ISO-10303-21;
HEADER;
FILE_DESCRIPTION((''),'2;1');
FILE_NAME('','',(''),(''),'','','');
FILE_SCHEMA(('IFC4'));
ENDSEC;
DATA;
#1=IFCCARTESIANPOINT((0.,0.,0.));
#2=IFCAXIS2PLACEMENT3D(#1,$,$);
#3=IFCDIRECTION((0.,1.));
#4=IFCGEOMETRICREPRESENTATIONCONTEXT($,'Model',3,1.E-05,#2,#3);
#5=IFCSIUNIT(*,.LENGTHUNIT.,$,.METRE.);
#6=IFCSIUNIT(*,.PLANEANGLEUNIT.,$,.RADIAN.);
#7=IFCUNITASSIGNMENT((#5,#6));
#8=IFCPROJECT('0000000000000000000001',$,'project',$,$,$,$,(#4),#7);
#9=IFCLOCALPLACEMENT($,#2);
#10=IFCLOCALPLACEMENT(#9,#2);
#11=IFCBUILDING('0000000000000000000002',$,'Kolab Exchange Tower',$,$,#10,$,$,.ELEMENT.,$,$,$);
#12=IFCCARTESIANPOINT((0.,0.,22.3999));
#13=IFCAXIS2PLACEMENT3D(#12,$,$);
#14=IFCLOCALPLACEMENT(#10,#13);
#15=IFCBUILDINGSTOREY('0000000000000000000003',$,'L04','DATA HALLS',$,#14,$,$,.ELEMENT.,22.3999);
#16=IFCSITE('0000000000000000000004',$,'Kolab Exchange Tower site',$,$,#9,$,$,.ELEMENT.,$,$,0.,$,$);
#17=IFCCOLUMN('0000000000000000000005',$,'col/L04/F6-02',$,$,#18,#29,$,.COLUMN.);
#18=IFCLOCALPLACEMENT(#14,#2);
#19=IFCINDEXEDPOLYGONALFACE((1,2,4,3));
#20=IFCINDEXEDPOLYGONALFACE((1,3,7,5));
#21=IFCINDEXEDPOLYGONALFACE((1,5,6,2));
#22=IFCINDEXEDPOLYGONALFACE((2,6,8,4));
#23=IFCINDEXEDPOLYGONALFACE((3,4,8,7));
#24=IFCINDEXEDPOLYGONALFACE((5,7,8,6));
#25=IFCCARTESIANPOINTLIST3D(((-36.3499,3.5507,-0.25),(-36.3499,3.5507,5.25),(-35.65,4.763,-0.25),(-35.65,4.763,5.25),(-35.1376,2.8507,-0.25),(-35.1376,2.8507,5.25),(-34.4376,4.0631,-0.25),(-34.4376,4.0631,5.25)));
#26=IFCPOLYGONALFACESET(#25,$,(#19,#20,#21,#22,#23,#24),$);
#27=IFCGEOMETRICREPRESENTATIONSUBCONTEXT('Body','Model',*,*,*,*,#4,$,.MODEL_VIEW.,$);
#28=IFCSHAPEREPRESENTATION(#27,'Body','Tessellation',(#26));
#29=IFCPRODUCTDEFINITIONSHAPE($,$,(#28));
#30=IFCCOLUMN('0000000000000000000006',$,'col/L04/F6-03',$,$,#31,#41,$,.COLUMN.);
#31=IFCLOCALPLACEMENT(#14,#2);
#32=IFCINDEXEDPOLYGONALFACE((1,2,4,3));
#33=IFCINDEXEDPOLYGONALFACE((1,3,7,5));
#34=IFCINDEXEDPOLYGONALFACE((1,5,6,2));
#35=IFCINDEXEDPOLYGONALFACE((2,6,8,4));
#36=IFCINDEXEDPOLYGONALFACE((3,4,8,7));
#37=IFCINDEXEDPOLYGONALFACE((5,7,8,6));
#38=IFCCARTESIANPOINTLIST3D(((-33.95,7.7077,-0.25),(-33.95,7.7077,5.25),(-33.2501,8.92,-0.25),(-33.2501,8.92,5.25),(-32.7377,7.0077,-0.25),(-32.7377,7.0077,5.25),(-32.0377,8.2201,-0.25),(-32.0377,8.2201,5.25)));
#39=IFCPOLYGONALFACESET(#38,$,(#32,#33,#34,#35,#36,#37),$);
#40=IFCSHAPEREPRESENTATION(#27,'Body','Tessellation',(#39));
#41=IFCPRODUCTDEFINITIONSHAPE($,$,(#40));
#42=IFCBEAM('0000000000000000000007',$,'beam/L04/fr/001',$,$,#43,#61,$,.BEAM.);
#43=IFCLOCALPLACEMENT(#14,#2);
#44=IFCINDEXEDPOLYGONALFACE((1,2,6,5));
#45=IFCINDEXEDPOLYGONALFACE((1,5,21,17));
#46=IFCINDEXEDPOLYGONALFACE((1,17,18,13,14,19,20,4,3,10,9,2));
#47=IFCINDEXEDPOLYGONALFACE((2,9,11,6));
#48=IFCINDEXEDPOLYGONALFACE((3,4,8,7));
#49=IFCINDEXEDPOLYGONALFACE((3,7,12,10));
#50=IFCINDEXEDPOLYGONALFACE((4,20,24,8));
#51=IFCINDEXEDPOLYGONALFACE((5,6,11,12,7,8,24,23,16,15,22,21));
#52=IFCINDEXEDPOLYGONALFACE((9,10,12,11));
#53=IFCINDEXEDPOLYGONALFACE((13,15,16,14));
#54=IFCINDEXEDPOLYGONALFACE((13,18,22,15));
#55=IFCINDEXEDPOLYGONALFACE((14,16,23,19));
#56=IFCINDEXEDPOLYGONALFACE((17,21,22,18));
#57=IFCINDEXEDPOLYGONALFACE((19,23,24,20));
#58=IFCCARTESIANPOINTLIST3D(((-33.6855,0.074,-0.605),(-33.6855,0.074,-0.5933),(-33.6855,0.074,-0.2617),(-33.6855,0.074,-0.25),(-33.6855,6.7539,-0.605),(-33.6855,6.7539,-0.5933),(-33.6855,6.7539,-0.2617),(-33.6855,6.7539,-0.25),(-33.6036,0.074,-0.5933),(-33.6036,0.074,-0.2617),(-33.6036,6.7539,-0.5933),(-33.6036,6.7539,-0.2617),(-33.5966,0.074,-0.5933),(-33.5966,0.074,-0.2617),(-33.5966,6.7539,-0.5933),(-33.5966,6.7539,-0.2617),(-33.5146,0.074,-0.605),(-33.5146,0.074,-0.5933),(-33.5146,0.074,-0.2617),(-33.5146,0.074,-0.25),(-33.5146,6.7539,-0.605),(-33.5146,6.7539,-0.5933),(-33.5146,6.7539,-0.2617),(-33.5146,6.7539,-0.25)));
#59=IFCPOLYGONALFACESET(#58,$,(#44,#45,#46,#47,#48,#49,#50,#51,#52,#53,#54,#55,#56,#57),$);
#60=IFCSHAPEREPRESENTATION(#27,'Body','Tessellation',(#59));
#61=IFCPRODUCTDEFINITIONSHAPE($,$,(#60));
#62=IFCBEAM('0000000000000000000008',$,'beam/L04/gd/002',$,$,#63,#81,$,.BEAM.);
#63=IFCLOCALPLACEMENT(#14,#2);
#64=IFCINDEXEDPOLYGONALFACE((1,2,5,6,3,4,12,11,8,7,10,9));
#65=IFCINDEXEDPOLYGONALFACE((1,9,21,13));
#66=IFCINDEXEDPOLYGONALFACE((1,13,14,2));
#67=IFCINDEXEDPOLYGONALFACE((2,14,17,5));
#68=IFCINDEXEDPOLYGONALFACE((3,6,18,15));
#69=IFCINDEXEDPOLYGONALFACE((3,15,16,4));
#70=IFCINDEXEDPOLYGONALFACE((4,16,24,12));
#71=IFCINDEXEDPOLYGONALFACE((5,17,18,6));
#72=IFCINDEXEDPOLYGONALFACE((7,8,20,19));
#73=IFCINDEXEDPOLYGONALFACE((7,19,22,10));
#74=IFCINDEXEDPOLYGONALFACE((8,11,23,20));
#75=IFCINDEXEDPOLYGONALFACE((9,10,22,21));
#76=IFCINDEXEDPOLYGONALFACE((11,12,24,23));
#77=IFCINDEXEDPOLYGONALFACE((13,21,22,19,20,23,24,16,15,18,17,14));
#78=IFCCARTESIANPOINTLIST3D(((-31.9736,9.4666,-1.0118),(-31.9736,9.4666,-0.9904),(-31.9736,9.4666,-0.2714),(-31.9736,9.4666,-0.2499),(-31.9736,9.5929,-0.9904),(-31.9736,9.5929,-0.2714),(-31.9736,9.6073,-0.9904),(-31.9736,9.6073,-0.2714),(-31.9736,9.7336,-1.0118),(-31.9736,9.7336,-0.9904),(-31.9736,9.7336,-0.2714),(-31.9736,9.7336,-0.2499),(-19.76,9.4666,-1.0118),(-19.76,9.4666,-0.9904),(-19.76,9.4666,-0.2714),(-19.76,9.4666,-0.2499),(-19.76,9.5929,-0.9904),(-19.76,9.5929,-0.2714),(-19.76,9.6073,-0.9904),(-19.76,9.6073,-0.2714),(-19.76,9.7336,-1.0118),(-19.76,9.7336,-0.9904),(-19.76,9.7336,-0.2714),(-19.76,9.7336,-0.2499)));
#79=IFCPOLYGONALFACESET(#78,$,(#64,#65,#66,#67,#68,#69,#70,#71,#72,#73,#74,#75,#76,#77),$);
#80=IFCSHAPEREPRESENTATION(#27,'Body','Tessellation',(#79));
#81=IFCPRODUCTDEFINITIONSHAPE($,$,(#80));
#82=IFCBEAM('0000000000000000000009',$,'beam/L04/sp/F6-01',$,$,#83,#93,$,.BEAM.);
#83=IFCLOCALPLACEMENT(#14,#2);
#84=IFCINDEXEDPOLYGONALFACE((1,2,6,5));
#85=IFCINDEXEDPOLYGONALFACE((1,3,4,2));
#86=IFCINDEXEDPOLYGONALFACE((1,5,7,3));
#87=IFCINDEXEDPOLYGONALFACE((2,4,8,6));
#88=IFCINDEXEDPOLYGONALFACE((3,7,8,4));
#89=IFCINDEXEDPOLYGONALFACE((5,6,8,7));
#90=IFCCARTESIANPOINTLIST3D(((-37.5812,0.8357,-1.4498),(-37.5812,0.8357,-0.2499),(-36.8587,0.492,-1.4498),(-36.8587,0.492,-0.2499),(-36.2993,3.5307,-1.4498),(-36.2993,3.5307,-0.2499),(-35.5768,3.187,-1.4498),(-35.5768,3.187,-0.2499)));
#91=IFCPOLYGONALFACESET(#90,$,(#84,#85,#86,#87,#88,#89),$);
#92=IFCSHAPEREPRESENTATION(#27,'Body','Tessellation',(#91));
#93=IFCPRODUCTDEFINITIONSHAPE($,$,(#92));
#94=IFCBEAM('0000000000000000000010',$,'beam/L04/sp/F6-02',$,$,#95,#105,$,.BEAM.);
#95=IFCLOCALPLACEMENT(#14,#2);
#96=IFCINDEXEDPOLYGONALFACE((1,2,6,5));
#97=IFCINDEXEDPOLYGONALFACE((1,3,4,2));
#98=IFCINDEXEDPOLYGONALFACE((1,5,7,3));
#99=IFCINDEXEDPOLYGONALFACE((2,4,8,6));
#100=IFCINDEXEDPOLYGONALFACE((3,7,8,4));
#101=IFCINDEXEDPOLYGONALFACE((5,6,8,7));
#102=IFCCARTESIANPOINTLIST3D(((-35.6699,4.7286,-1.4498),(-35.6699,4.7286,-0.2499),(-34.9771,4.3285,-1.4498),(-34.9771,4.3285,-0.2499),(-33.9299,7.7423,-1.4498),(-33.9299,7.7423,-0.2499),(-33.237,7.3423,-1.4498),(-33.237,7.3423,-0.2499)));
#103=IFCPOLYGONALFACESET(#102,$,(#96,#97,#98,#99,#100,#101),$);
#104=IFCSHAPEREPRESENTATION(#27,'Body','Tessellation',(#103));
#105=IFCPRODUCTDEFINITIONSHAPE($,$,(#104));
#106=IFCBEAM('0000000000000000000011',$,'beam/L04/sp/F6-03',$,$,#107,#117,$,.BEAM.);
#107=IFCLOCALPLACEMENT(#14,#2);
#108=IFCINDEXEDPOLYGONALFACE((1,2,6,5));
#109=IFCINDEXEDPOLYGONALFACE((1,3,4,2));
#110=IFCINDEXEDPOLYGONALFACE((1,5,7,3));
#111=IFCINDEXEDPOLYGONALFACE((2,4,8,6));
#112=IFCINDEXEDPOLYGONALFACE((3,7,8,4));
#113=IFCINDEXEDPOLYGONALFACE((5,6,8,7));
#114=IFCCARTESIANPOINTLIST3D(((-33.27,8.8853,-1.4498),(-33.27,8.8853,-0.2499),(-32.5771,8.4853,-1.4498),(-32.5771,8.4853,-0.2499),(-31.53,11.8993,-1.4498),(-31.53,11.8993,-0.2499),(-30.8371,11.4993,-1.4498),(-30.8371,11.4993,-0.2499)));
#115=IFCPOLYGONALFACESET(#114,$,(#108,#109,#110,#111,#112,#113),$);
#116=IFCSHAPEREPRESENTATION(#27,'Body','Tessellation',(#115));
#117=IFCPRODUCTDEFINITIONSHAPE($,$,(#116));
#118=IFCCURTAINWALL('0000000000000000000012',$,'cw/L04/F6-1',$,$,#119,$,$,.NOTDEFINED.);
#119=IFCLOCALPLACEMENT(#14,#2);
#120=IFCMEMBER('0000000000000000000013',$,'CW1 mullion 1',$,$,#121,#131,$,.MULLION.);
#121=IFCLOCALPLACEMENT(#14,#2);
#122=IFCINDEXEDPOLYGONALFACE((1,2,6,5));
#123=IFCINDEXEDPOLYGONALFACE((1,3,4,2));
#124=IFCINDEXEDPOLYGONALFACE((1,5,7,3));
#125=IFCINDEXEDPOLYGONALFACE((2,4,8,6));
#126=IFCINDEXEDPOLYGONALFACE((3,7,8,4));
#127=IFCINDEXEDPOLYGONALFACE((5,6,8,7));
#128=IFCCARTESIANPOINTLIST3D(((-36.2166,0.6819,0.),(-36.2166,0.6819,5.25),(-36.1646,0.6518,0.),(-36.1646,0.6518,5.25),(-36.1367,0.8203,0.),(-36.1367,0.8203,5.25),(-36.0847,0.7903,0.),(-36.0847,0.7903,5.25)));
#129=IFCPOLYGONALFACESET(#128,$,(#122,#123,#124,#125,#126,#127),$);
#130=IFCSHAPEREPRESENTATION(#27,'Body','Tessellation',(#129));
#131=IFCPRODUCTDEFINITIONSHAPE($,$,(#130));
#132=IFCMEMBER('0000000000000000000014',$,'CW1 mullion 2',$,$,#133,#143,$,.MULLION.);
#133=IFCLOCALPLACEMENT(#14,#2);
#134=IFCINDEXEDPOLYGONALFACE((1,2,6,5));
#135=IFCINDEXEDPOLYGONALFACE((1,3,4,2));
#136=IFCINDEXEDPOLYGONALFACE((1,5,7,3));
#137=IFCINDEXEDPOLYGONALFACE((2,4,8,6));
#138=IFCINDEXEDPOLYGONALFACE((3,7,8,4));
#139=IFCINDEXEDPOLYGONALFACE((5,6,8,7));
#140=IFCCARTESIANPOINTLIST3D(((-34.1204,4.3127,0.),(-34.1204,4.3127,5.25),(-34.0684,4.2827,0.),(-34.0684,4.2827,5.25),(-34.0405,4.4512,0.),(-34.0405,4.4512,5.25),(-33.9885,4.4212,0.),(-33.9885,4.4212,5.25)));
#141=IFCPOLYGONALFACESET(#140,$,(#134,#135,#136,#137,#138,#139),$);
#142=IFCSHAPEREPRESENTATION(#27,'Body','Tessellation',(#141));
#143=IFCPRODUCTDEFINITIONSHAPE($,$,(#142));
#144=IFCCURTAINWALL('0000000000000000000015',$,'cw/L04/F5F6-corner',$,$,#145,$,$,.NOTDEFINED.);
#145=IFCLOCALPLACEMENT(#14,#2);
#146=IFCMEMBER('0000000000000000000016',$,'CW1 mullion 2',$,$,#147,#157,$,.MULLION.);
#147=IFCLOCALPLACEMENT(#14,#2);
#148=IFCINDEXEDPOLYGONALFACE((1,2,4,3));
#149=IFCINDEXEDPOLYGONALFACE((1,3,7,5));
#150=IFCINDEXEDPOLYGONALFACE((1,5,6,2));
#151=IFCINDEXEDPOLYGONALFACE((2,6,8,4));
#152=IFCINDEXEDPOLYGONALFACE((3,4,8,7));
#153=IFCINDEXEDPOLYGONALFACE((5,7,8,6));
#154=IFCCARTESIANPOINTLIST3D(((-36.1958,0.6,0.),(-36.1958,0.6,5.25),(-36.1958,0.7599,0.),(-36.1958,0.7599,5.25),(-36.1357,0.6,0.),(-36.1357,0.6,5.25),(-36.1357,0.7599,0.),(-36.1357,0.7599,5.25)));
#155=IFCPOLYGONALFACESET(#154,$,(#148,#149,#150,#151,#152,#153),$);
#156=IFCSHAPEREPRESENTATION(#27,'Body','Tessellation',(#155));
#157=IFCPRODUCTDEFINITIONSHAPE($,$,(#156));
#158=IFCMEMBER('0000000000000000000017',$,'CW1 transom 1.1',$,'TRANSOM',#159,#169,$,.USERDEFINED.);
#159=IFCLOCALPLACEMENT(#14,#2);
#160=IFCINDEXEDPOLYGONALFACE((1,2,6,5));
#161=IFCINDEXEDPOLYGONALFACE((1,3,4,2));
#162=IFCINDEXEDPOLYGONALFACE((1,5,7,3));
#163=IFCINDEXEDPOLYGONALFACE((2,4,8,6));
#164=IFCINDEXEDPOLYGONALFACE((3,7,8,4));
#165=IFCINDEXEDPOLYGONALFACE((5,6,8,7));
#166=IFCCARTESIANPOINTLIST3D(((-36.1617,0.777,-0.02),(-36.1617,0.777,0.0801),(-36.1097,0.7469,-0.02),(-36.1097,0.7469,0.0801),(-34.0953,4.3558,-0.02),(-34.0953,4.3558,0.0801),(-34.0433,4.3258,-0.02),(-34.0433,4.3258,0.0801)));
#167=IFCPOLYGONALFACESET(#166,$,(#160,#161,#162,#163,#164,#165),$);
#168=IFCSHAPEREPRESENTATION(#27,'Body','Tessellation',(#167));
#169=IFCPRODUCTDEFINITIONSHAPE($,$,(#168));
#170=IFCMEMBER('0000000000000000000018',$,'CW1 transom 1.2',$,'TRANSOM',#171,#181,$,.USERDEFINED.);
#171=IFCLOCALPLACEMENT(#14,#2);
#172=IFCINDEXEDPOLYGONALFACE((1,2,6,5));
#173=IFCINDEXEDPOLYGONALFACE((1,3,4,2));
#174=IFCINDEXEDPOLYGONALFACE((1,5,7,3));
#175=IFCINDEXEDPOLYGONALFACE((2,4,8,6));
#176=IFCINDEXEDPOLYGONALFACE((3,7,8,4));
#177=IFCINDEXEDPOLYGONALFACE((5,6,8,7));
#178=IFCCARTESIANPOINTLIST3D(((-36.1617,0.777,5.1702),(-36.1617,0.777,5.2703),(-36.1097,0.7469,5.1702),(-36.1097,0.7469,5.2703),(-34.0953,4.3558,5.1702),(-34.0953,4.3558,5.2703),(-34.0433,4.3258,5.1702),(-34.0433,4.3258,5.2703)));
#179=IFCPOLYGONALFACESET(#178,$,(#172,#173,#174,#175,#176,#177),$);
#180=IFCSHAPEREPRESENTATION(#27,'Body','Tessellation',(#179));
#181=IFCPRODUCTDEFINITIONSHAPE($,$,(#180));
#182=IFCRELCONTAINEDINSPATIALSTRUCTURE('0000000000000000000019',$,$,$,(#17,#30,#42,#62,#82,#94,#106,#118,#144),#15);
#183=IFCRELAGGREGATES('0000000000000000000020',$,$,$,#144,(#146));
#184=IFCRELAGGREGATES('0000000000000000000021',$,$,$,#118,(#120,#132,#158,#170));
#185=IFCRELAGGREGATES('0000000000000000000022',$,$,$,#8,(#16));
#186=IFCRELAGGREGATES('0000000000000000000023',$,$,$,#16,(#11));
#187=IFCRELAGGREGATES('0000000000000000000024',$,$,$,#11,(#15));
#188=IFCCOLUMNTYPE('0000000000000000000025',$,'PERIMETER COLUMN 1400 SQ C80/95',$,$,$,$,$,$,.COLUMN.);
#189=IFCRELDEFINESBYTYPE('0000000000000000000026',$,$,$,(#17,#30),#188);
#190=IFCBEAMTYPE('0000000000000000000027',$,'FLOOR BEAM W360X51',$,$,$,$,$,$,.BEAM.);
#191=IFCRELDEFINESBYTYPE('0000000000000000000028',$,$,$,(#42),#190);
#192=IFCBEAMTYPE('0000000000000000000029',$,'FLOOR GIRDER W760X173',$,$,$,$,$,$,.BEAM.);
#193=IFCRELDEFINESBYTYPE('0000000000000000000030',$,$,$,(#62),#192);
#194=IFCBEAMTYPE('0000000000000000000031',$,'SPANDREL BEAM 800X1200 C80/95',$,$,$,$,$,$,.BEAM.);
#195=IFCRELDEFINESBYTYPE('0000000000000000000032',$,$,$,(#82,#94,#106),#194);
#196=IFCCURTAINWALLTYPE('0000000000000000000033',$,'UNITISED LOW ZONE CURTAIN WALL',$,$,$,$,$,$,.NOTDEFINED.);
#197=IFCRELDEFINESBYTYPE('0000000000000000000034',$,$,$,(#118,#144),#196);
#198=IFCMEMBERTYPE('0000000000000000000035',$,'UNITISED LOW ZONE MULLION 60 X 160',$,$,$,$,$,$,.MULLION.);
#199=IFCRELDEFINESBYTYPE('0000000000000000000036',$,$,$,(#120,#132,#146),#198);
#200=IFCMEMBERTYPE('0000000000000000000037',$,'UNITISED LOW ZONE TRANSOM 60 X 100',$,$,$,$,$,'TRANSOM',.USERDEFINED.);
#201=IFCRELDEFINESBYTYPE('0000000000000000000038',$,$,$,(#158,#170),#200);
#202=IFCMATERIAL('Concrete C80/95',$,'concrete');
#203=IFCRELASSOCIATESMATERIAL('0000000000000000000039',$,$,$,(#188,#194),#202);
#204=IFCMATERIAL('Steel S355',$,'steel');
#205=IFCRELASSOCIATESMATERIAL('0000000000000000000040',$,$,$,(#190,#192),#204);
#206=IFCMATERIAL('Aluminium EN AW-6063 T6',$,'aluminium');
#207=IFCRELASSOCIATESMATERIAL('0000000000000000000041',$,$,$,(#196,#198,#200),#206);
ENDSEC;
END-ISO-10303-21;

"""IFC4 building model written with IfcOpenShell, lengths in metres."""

from ifc_helpers import new_model, si_unit, direction, frame, origin, origin_2d, place, context, subcontext, project, spatial, rectangle, i_section, extrude, material, material_profile, profile_set, type_object, element, aggregate, save


model = new_model("IFC4")

# Units and contexts
model_context = context("Model", 3, precision=1e-05, world=origin(), true_north=direction((0.0, 1.0)))
body_context = subcontext(model_context, "Body", "Model", "MODEL_VIEW")
ifc_project = project(units=[si_unit("LENGTHUNIT", "METRE"), si_unit("PLANEANGLEUNIT", "RADIAN")], contexts=[model_context])

# Site, building, storey
site_placement = place(None, origin())
site = spatial("IfcSite", under=ifc_project, at=site_placement, Name="Kolab Exchange Tower site", CompositionType="ELEMENT", RefElevation=0.0)
building_placement = place(site_placement, origin())
building = spatial("IfcBuilding", under=site, at=building_placement, Name="Kolab Exchange Tower", CompositionType="ELEMENT")
storey_placement = place(building_placement, frame((0.0, 0.0, 22.3999)))
storey = spatial("IfcBuildingStorey", under=building, at=storey_placement, Name="L04", Description="DATA HALLS", CompositionType="ELEMENT", Elevation=22.3999)

# Columns
ifc_material_1 = material(Name="Concrete C80/95", Category="concrete")
ifc_material_profile_1 = material_profile(ifc_material_1, rectangle(XDim=1.3999, YDim=1.3999, at=origin_2d()), Name="RC1400")
ifc_profile_set_1 = profile_set([ifc_material_profile_1], Name="Concrete C80/95")
column_type = type_object("IfcColumnType", Name="PERIMETER COLUMN 1400 SQ C80/95", PredefinedType="COLUMN", material=ifc_profile_set_1)
for number, where, z_axis, x_axis, name in (
    (1, (-35.3938, 3.8069, -0.25), (0.0, 0.0, 1.0), (0.5, 0.866025, 0.0), "col/L04/F6-02"),
    (2, (-32.9939, 7.9639, -0.25), (0.0, 0.0, 1.0), (0.5, 0.866025, 0.0), "col/L04/F6-03"),
):
    element("IfcColumn", number, at=place(storey_placement, frame(where, z_axis=z_axis, x_axis=x_axis)), inside=storey, type_object=column_type, Name=name, PredefinedType="COLUMN", context=body_context, shape_type="SweptSolid", body=[
        extrude(rectangle(XDim=1.3999, YDim=1.3999, at=origin_2d()), origin(), (0.0, 0.0, 1.0), 5.5),
    ])

# Beams
ifc_material_2 = material(Name="Steel S355", Category="steel")
ifc_material_profile_2 = material_profile(ifc_material_2, i_section(OverallWidth=0.1709, OverallDepth=0.355, WebThickness=0.0071, FlangeThickness=0.0117, at=origin_2d()), Name="W360X51")
ifc_profile_set_2 = profile_set([ifc_material_profile_2], Name="Steel S355")
beam_type_1 = type_object("IfcBeamType", Name="FLOOR BEAM W360X51", PredefinedType="BEAM", material=ifc_profile_set_2)
beam_1_placement = place(storey_placement, frame((-33.6001, 0.074, -0.4275), z_axis=(0.0, 1.0, 0.0), x_axis=(-1.0, 0.0, 0.0)))
element("IfcBeam", 3, at=beam_1_placement, inside=storey, type_object=beam_type_1, Name="beam/L04/fr/001", PredefinedType="BEAM", context=body_context, shape_type="SweptSolid", body=[
    extrude(i_section(OverallWidth=0.1709, OverallDepth=0.355, WebThickness=0.0071, FlangeThickness=0.0117, at=origin_2d()), origin(), (0.0, 0.0, 1.0), 6.6799),
])
ifc_material_profile_3 = material_profile(ifc_material_2, i_section(OverallWidth=0.2671, OverallDepth=0.762, WebThickness=0.0144, FlangeThickness=0.0215, at=origin_2d()), Name="W760X173")
ifc_profile_set_3 = profile_set([ifc_material_profile_3], Name="Steel S355")
beam_type_2 = type_object("IfcBeamType", Name="FLOOR GIRDER W760X173", PredefinedType="BEAM", material=ifc_profile_set_3)
beam_2_placement = place(storey_placement, frame((-31.9736, 9.6001, -0.6309), z_axis=(1.0, 0.0, 0.0), x_axis=(0.0, 1.0, 0.0)))
element("IfcBeam", 4, at=beam_2_placement, inside=storey, type_object=beam_type_2, Name="beam/L04/gd/002", PredefinedType="BEAM", context=body_context, shape_type="SweptSolid", body=[
    extrude(i_section(OverallWidth=0.2671, OverallDepth=0.762, WebThickness=0.0144, FlangeThickness=0.0215, at=origin_2d()), origin(), (0.0, 0.0, 1.0), 12.2136),
])
ifc_material_profile_4 = material_profile(ifc_material_1, rectangle(XDim=0.8, YDim=1.2, at=origin_2d()), Name="RC800X1200")
ifc_profile_set_4 = profile_set([ifc_material_profile_4], Name="Concrete C80/95")
beam_type_3 = type_object("IfcBeamType", Name="SPANDREL BEAM 800X1200 C80/95", PredefinedType="BEAM", material=ifc_profile_set_4)
beam_3_placement = place(storey_placement, frame((-37.22, 0.6638, -0.8499), z_axis=(0.429556, 0.90304, 0.0), x_axis=(-0.90304, 0.429556, 0.0)))
element("IfcBeam", 5, at=beam_3_placement, inside=storey, type_object=beam_type_3, Name="beam/L04/sp/F6-01", PredefinedType="BEAM", context=body_context, shape_type="SweptSolid", body=[
    extrude(rectangle(XDim=0.8, YDim=1.2, at=origin_2d()), origin(), (0.0, 0.0, 1.0), 2.9844),
])
beam_4_placement = place(storey_placement, frame((-35.3235, 4.5286, -0.8499), z_axis=(0.50001, 0.86602, 0.0), x_axis=(-0.86602, 0.50001, 0.0)))
element("IfcBeam", 6, at=beam_4_placement, inside=storey, type_object=beam_type_3, Name="beam/L04/sp/F6-02", PredefinedType="BEAM", context=body_context, shape_type="SweptSolid", body=[
    extrude(rectangle(XDim=0.8, YDim=1.2, at=origin_2d()), origin(), (0.0, 0.0, 1.0), 3.48),
])
beam_5_placement = place(storey_placement, frame((-32.9236, 8.6853, -0.8499), z_axis=(0.49998, 0.866037, 0.0), x_axis=(-0.866037, 0.49998, 0.0)))
element("IfcBeam", 7, at=beam_5_placement, inside=storey, type_object=beam_type_3, Name="beam/L04/sp/F6-03", PredefinedType="BEAM", context=body_context, shape_type="SweptSolid", body=[
    extrude(rectangle(XDim=0.8, YDim=1.2, at=origin_2d()), origin(), (0.0, 0.0, 1.0), 3.4802),
])

# Curtain wall, members
ifc_material_3 = material(Name="Aluminium EN AW-6063 T6", Category="aluminium")
curtain_wall_type = type_object("IfcCurtainWallType", Name="UNITISED LOW ZONE CURTAIN WALL", PredefinedType="NOTDEFINED", material=ifc_material_3)
curtain_wall_1_placement = place(storey_placement, origin())
curtain_wall_1 = element("IfcCurtainWall", 8, at=curtain_wall_1_placement, inside=storey, type_object=curtain_wall_type, Name="cw/L04/F6-1", PredefinedType="NOTDEFINED")
ifc_material_profile_5 = material_profile(ifc_material_3, rectangle(XDim=0.0601, YDim=0.1599, at=origin_2d()), Name="RECT 60X160")
ifc_profile_set_5 = profile_set([ifc_material_profile_5], Name="Aluminium EN AW-6063 T6")
member_type_1 = type_object("IfcMemberType", Name="UNITISED LOW ZONE MULLION 60 X 160", PredefinedType="MULLION", material=ifc_profile_set_5)
member_1_placement = place(storey_placement, frame((-36.1506, 0.7361, 0.0), z_axis=(0.0, 0.0, 1.0), x_axis=(-0.866025, 0.5, 0.0)))
member_1 = element("IfcMember", 9, at=member_1_placement, type_object=member_type_1, Name="CW1 mullion 1", PredefinedType="MULLION", context=body_context, shape_type="SweptSolid", body=[
    extrude(rectangle(XDim=0.0601, YDim=0.1599, at=origin_2d()), origin(), (0.0, 0.0, 1.0), 5.25),
])
member_2_placement = place(storey_placement, frame((-34.0544, 4.3669, 0.0), z_axis=(0.0, 0.0, 1.0), x_axis=(-0.866025, 0.5, 0.0)))
member_2 = element("IfcMember", 10, at=member_2_placement, type_object=member_type_1, Name="CW1 mullion 2", PredefinedType="MULLION", context=body_context, shape_type="SweptSolid", body=[
    extrude(rectangle(XDim=0.0601, YDim=0.1599, at=origin_2d()), origin(), (0.0, 0.0, 1.0), 5.25),
])

# Curtain wall, member
curtain_wall_2_placement = place(storey_placement, origin())
curtain_wall_2 = element("IfcCurtainWall", 11, at=curtain_wall_2_placement, inside=storey, type_object=curtain_wall_type, Name="cw/L04/F5F6-corner", PredefinedType="NOTDEFINED")
member_3_placement = place(storey_placement, frame((-36.1658, 0.6799, 0.0), z_axis=(0.0, 0.0, 1.0), x_axis=(-1.0, 0.0, 0.0)))
member_3 = element("IfcMember", 12, at=member_3_placement, type_object=member_type_1, Name="CW1 mullion 2", PredefinedType="MULLION", context=body_context, shape_type="SweptSolid", body=[
    extrude(rectangle(XDim=0.0601, YDim=0.1599, at=origin_2d()), origin(), (0.0, 0.0, 1.0), 5.25),
])
aggregate(curtain_wall_2, [member_3])

# Members
ifc_material_profile_6 = material_profile(ifc_material_3, rectangle(XDim=0.0601, YDim=0.1001, at=origin_2d()), Name="RECT 60X100")
ifc_profile_set_6 = profile_set([ifc_material_profile_6], Name="Aluminium EN AW-6063 T6")
member_type_2 = type_object("IfcMemberType", Name="UNITISED LOW ZONE TRANSOM 60 X 100", ElementType="TRANSOM", PredefinedType="USERDEFINED", material=ifc_profile_set_6)
member_4_placement = place(storey_placement, frame((-36.1357, 0.762, 0.03), z_axis=(0.500028, 0.866009, 0.0), x_axis=(-0.866009, 0.500028, 0.0)))
member_4 = element("IfcMember", 13, at=member_4_placement, type_object=member_type_2, Name="CW1 transom 1.1", ObjectType="TRANSOM", PredefinedType="USERDEFINED", context=body_context, shape_type="SweptSolid", body=[
    extrude(rectangle(XDim=0.0601, YDim=0.1001, at=origin_2d()), origin(), (0.0, 0.0, 1.0), 4.1326),
])
member_5_placement = place(storey_placement, frame((-36.1357, 0.762, 5.2202), z_axis=(0.500028, 0.866009, 0.0), x_axis=(-0.866009, 0.500028, 0.0)))
member_5 = element("IfcMember", 14, at=member_5_placement, type_object=member_type_2, Name="CW1 transom 1.2", ObjectType="TRANSOM", PredefinedType="USERDEFINED", context=body_context, shape_type="SweptSolid", body=[
    extrude(rectangle(XDim=0.0601, YDim=0.1001, at=origin_2d()), origin(), (0.0, 0.0, 1.0), 4.1326),
])

aggregate(curtain_wall_1, [member_1, member_2, member_4, member_5])

save(model, "model.ifc")
